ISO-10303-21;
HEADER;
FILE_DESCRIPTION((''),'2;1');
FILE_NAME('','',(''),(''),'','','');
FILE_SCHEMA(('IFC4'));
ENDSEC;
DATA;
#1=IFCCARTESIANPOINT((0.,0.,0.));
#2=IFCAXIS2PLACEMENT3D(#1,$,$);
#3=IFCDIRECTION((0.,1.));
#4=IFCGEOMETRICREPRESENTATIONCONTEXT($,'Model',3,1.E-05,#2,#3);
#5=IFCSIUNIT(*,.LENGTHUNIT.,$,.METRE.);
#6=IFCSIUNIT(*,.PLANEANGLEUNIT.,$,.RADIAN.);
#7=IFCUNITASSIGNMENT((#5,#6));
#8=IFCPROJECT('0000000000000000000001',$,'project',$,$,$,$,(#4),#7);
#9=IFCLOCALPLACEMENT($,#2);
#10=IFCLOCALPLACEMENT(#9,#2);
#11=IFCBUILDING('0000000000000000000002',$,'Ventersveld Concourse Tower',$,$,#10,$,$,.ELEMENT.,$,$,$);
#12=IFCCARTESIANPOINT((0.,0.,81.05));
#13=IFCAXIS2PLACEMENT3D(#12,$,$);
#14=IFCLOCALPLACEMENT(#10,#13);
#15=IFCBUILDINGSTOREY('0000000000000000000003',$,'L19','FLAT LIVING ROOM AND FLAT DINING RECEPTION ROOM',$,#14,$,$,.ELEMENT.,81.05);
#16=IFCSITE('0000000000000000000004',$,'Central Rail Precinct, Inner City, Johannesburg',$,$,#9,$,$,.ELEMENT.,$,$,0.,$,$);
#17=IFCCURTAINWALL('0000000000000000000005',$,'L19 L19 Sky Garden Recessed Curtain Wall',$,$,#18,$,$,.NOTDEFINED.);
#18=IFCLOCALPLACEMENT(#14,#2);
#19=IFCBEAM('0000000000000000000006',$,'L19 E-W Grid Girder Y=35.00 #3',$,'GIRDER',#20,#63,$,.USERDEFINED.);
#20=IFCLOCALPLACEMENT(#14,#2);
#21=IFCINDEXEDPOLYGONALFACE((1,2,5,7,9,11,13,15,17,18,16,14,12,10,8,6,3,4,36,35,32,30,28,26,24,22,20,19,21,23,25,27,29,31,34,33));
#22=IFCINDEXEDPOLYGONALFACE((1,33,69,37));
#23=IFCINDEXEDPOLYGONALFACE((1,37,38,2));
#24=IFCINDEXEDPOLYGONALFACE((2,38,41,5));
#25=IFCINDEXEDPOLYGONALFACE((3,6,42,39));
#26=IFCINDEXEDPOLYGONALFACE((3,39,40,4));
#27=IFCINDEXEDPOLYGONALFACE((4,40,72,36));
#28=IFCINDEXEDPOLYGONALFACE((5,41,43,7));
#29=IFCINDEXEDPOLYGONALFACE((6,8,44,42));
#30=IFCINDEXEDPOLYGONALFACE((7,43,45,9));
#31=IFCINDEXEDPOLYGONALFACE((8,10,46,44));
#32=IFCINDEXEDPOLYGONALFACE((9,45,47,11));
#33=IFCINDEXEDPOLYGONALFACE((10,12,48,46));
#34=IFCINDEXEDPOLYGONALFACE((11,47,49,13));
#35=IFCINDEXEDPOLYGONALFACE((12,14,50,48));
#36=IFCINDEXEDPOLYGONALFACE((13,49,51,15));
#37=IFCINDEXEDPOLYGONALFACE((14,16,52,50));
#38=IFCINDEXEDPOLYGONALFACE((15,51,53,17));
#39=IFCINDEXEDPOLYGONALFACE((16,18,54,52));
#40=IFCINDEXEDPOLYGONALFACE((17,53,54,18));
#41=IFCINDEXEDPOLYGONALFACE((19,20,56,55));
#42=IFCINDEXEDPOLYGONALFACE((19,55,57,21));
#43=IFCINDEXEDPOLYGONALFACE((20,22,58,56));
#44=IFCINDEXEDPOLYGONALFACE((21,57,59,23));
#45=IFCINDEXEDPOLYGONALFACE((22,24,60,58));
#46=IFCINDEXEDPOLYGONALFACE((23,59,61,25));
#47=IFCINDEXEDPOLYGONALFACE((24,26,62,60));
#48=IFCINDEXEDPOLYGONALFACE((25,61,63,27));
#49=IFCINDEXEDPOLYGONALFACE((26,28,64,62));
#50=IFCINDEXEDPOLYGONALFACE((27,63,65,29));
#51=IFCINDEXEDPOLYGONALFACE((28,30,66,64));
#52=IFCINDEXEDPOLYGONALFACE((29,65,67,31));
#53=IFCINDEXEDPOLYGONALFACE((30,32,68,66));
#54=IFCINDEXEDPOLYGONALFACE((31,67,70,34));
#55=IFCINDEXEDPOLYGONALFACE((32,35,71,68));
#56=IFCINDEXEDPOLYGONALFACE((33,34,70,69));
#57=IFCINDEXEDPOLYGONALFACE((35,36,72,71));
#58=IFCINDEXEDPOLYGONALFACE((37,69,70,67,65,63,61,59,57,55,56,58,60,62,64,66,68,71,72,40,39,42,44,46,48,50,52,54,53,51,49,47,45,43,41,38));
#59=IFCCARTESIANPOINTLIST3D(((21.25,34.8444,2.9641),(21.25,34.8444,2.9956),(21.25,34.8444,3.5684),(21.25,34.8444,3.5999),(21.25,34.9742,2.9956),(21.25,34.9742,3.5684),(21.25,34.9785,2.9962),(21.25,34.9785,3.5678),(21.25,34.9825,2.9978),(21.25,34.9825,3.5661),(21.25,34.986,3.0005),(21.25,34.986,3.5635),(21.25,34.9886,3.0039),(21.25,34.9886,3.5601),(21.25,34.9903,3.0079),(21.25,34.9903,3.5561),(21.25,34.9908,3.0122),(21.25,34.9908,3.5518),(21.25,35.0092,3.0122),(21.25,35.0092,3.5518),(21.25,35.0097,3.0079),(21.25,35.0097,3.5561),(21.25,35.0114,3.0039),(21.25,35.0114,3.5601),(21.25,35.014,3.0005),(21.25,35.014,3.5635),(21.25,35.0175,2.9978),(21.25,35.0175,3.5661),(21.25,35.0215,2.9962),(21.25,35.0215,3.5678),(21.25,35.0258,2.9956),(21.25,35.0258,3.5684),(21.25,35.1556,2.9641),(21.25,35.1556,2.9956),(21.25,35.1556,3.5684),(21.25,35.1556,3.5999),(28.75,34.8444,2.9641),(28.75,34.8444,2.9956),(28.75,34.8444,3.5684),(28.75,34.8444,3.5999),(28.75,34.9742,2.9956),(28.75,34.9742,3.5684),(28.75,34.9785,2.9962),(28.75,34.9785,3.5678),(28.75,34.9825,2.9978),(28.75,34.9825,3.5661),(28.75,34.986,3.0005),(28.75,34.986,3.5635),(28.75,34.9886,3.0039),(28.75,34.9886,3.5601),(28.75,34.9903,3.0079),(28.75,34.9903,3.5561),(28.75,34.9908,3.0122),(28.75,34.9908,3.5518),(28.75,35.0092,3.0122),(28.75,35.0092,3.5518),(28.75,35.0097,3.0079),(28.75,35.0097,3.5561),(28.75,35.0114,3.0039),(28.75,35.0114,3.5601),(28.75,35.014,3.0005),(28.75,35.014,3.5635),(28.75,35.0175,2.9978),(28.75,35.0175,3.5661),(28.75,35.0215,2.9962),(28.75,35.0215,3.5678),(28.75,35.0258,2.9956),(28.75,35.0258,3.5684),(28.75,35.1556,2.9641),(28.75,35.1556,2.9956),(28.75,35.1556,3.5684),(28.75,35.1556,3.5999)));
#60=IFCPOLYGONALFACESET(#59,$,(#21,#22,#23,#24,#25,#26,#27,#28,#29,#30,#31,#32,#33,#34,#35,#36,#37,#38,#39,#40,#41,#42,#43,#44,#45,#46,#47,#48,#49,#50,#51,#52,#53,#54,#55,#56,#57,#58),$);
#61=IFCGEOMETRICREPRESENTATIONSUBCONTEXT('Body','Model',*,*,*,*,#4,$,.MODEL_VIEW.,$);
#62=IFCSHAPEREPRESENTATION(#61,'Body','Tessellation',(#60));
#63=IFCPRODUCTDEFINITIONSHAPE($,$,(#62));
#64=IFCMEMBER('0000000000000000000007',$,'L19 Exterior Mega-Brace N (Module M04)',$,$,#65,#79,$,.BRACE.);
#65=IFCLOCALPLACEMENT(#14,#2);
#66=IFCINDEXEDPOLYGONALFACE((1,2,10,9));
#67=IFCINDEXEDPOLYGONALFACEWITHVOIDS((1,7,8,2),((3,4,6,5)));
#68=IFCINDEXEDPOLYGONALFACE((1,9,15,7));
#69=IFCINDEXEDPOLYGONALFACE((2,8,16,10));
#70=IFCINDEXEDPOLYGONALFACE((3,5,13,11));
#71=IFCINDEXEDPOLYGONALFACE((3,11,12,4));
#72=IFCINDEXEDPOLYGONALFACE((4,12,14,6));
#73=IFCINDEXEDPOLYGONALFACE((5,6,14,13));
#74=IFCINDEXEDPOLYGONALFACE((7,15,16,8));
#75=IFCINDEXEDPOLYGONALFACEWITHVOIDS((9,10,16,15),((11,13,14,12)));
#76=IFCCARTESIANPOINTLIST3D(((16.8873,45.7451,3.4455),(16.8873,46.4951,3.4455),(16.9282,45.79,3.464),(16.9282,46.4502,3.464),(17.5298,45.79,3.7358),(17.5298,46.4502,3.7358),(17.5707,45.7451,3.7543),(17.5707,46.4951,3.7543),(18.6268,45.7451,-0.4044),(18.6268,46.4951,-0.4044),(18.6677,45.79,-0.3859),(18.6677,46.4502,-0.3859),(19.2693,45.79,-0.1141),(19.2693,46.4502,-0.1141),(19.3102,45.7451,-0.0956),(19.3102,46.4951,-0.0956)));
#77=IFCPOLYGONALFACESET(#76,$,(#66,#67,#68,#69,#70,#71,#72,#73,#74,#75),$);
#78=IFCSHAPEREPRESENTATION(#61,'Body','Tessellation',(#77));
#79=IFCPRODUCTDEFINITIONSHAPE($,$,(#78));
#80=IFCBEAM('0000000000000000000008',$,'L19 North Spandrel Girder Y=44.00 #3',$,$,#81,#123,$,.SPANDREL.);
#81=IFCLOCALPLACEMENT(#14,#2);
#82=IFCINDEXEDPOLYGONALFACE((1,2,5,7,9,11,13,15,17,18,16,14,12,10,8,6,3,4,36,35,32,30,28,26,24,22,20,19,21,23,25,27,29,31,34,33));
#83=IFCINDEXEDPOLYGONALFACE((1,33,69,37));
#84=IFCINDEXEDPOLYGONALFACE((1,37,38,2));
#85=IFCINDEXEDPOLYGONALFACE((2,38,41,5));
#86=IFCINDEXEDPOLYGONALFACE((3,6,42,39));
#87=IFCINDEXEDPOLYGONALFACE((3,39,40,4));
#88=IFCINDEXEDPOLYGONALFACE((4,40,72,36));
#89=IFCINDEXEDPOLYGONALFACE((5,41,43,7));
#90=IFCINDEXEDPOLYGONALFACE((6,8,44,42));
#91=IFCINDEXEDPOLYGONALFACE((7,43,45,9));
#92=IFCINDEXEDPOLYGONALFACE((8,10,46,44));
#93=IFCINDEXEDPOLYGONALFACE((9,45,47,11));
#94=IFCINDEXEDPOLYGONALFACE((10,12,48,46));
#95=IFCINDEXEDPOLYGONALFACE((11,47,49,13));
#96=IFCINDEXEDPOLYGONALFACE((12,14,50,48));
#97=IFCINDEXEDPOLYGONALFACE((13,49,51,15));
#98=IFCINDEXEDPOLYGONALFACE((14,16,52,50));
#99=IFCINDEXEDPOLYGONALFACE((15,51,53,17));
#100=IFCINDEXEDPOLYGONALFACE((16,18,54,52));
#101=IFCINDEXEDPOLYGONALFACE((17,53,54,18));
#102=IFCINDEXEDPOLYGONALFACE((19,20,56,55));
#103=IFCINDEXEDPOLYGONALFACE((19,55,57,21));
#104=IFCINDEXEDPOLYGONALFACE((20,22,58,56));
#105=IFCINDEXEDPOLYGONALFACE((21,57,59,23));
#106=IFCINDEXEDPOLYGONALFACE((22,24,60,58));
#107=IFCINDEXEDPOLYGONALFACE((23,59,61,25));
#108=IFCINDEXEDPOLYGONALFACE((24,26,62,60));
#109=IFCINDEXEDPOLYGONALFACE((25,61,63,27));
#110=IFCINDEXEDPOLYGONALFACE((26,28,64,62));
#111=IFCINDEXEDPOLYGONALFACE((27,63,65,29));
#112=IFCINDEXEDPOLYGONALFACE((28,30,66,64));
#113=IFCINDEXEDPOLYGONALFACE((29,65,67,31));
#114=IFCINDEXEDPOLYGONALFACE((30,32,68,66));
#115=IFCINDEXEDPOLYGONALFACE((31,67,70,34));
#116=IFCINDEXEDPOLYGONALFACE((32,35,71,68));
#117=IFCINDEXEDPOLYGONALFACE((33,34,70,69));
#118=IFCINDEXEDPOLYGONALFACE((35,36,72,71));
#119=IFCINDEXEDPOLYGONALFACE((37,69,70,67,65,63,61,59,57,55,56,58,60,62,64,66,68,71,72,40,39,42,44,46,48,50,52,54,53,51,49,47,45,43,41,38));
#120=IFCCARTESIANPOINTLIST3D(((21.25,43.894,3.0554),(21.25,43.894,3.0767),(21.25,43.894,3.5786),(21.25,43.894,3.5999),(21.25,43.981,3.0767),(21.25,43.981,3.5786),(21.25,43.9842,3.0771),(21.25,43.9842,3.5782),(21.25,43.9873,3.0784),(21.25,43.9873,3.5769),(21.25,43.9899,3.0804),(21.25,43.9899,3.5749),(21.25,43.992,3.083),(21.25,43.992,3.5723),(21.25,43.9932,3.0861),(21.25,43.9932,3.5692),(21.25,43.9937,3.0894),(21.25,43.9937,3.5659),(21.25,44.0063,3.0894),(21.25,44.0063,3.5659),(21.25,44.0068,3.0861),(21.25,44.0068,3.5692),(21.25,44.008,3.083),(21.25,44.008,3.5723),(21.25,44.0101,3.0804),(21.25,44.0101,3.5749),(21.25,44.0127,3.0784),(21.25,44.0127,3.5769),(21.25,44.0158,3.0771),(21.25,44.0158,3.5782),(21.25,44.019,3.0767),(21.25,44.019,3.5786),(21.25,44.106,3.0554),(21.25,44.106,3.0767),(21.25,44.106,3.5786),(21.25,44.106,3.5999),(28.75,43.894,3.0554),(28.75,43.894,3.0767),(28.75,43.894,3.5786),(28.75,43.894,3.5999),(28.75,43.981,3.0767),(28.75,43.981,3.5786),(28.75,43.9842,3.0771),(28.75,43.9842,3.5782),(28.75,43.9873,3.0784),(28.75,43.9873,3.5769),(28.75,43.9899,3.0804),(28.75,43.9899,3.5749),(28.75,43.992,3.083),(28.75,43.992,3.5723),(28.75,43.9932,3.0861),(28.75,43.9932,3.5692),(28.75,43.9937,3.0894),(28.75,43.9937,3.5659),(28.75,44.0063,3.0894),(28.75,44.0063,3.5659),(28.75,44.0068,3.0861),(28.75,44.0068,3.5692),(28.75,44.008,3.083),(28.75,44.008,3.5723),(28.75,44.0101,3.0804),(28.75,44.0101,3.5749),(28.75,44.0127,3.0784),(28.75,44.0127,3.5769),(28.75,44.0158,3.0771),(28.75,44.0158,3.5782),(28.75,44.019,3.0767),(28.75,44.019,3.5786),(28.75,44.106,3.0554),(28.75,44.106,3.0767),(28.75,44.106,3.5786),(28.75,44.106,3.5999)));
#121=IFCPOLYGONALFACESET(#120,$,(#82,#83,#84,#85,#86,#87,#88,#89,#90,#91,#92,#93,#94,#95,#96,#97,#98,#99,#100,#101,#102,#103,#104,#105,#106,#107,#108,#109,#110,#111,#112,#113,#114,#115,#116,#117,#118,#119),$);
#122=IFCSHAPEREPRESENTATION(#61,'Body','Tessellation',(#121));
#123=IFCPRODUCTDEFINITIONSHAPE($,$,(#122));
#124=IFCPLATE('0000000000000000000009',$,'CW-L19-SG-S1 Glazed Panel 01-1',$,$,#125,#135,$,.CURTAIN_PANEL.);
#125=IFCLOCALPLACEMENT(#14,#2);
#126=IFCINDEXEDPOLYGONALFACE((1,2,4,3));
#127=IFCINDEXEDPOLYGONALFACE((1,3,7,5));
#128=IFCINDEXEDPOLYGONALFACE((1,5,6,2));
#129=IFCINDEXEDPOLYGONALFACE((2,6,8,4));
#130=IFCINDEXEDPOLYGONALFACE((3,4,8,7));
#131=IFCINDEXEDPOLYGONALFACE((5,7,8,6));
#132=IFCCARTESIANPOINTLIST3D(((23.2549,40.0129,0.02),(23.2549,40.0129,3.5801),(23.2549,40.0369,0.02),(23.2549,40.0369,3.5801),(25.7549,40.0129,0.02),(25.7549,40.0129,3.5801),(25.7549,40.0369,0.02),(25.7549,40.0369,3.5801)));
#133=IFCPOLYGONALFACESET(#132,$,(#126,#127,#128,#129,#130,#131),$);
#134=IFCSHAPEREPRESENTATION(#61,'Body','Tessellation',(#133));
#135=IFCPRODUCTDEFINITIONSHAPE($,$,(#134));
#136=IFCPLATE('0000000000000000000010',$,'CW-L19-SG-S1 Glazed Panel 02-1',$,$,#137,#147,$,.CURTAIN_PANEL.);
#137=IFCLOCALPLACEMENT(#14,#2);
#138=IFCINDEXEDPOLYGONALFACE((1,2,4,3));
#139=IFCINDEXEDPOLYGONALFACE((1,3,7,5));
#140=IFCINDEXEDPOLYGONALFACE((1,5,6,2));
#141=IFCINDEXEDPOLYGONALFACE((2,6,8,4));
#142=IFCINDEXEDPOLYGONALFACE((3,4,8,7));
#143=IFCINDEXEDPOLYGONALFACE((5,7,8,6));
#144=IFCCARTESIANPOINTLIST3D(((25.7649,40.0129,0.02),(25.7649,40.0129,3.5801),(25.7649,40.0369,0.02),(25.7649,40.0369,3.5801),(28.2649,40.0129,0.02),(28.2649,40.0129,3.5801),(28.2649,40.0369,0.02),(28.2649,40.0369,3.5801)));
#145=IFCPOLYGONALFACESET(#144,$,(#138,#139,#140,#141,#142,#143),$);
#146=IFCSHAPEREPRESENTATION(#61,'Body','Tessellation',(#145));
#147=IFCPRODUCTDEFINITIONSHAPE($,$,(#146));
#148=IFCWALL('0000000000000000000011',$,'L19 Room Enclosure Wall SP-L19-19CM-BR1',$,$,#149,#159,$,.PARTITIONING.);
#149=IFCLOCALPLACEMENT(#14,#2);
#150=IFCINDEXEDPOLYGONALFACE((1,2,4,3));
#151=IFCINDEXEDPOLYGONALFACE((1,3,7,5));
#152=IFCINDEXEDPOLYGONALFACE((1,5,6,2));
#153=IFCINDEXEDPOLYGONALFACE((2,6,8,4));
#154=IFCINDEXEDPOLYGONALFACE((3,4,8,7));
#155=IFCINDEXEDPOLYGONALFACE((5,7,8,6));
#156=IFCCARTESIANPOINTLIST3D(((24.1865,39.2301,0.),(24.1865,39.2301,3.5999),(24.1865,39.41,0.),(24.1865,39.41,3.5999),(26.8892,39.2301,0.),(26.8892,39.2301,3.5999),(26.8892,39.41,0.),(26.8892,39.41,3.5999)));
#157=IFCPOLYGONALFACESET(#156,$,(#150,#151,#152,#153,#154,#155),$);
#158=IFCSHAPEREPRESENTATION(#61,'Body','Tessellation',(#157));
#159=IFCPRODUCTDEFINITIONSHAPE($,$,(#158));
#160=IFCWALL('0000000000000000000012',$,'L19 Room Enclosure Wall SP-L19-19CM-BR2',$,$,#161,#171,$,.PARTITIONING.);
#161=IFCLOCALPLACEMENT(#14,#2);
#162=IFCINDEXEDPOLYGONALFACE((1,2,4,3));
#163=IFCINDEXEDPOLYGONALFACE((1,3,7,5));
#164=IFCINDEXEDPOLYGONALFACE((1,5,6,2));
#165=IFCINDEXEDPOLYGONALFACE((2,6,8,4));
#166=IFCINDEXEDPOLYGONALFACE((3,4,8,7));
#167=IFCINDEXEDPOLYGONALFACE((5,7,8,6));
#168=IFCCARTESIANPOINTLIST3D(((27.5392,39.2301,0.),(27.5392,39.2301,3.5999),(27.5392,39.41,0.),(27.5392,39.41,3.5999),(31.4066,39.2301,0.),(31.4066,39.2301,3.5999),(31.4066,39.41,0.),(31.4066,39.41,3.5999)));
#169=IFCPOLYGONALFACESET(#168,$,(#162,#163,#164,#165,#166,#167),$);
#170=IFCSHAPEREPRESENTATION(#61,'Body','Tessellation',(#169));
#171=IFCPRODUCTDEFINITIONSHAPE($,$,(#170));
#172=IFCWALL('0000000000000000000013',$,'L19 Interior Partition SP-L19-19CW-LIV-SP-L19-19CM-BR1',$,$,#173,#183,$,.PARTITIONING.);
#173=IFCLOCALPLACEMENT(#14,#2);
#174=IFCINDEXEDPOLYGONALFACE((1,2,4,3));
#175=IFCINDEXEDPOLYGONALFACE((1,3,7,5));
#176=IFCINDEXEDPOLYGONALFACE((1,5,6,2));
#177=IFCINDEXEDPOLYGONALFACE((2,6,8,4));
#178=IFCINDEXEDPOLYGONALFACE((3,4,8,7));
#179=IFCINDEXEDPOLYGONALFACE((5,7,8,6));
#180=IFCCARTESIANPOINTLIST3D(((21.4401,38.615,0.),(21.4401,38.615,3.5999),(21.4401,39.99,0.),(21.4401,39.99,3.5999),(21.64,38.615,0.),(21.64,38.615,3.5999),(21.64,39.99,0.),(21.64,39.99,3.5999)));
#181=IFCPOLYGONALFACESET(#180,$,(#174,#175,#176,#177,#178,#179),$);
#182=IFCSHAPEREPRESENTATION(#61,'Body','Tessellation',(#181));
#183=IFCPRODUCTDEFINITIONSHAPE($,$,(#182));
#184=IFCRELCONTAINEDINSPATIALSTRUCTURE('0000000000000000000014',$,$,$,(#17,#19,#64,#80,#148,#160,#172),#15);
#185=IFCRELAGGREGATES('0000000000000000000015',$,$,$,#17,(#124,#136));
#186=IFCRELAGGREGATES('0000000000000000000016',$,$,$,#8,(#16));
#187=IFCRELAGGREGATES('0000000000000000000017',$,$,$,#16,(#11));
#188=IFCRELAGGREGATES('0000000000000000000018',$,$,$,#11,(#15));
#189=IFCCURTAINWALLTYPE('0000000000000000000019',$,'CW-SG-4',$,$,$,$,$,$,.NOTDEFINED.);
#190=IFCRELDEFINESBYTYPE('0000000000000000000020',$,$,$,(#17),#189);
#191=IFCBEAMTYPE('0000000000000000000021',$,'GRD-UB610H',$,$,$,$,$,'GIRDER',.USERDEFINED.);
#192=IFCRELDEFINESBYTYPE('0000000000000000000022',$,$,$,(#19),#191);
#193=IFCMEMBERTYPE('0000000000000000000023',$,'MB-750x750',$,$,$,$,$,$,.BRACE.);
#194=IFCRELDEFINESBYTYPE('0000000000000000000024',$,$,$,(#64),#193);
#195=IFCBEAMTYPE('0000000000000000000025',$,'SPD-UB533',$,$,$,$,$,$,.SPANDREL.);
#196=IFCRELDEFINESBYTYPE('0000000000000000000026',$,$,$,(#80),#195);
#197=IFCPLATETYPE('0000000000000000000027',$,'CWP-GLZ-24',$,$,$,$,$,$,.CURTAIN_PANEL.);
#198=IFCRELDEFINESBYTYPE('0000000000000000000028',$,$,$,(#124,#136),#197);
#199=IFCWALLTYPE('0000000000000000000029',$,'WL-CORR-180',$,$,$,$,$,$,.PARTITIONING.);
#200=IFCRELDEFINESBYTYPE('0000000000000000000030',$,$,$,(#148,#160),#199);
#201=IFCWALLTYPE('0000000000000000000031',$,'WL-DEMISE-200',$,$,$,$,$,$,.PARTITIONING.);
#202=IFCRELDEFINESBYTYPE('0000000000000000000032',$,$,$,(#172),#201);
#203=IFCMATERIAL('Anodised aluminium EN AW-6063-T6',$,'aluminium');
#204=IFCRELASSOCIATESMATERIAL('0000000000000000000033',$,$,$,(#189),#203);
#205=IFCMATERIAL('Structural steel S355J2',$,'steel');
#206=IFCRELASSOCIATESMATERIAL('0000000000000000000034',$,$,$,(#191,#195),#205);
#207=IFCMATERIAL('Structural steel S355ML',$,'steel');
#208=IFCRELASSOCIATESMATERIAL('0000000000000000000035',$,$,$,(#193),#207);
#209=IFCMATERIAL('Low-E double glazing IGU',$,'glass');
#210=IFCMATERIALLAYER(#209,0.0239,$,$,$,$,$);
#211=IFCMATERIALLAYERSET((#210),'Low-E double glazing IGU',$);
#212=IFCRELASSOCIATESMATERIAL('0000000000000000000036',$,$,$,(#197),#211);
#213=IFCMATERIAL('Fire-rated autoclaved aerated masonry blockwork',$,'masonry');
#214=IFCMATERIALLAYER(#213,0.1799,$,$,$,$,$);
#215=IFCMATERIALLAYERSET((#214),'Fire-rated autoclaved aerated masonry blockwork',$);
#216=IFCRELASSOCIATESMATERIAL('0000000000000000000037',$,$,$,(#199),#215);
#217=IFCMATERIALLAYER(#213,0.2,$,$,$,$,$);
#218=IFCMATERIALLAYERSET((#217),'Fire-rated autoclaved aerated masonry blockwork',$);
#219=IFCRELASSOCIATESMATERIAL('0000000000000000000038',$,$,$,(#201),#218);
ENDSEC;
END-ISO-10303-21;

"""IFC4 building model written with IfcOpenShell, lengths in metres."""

from ifc_helpers import new_model, si_unit, direction, frame, frame_2d, origin, origin_2d, place, context, subcontext, project, spatial, rectangle, hollow_rectangle, i_section, extrude, material, layer, layer_set, material_profile, profile_set, type_object, element, aggregate, save


model = new_model("IFC4")

# Units and contexts
model_context = context("Model", 3, precision=1e-05, world=origin(), true_north=direction((0.0, 1.0)))
body_context = subcontext(model_context, "Body", "Model", "MODEL_VIEW")
ifc_project = project(units=[si_unit("LENGTHUNIT", "METRE"), si_unit("PLANEANGLEUNIT", "RADIAN")], contexts=[model_context])

# Site, building, storey
site_placement = place(None, origin())
site = spatial("IfcSite", under=ifc_project, at=site_placement, Name="Central Rail Precinct, Inner City, Johannesburg", CompositionType="ELEMENT", RefElevation=0.0)
building_placement = place(site_placement, origin())
building = spatial("IfcBuilding", under=site, at=building_placement, Name="Ventersveld Concourse Tower", CompositionType="ELEMENT")
storey_placement = place(building_placement, frame((0.0, 0.0, 81.05)))
storey = spatial("IfcBuildingStorey", under=building, at=storey_placement, Name="L19", Description="FLAT LIVING ROOM AND FLAT DINING RECEPTION ROOM", CompositionType="ELEMENT", Elevation=81.05)

# Shared definitions
ifc_material_1 = material(Name="Structural steel S355J2", Category="steel")

# Curtain wall
ifc_material_2 = material(Name="Anodised aluminium EN AW-6063-T6", Category="aluminium")
curtain_wall_type = type_object("IfcCurtainWallType", Name="CW-SG-4", PredefinedType="NOTDEFINED", material=ifc_material_2)
curtain_wall_placement = place(storey_placement, origin())
curtain_wall = element("IfcCurtainWall", 1, at=curtain_wall_placement, inside=storey, type_object=curtain_wall_type, Name="L19 L19 Sky Garden Recessed Curtain Wall", PredefinedType="NOTDEFINED")

# Beam
ifc_material_profile_1 = material_profile(ifc_material_1, i_section(OverallWidth=0.3113, OverallDepth=0.6357, WebThickness=0.0183, FlangeThickness=0.0315, FilletRadius=0.0166, at=origin_2d()), Name="UB 610x305x238")
ifc_profile_set_1 = profile_set([ifc_material_profile_1], Name="Structural steel S355J2")
beam_type_1 = type_object("IfcBeamType", Name="GRD-UB610H", ElementType="GIRDER", PredefinedType="USERDEFINED", material=ifc_profile_set_1)
beam_1_placement = place(storey_placement, frame((21.25, 35.0, 3.282), z_axis=(1.0, 0.0, 0.0), x_axis=(0.0, 1.0, 0.0)))
element("IfcBeam", 2, at=beam_1_placement, inside=storey, type_object=beam_type_1, Name="L19 E-W Grid Girder Y=35.00 #3", ObjectType="GIRDER", PredefinedType="USERDEFINED", context=body_context, shape_type="SweptSolid", body=[
    extrude(i_section(OverallWidth=0.3113, OverallDepth=0.6357, WebThickness=0.0183, FlangeThickness=0.0315, FilletRadius=0.0166, at=origin_2d()), origin(), (0.0, 0.0, 1.0), 7.5),
])

# Member
ifc_material_3 = material(Name="Structural steel S355ML", Category="steel")
ifc_material_profile_2 = material_profile(ifc_material_3, hollow_rectangle(XDim=0.75, YDim=0.75, WallThickness=0.0449, at=origin_2d()), Name="BOX 750x750x45")
ifc_profile_set_2 = profile_set([ifc_material_profile_2], Name="Structural steel S355ML")
member_type_1 = type_object("IfcMemberType", Name="MB-750x750", PredefinedType="BRACE", material=ifc_profile_set_2)
member_1_placement = place(storey_placement, frame((18.9685, 46.1201, -0.25), z_axis=(-0.411755, 0.0, 0.911294), x_axis=(0.0, -1.0, 0.0)))
element("IfcMember", 3, at=member_1_placement, inside=storey, type_object=member_type_1, Name="L19 Exterior Mega-Brace N (Module M04)", PredefinedType="BRACE", context=body_context, shape_type="SweptSolid", body=[
    extrude(hollow_rectangle(XDim=0.75, YDim=0.75, WallThickness=0.0449, at=origin_2d()), origin(), (0.0, 0.0, 1.0), 4.2246),
])

# Beam
ifc_material_profile_3 = material_profile(ifc_material_1, i_section(OverallWidth=0.2119, OverallDepth=0.5444, WebThickness=0.0127, FlangeThickness=0.0212, FilletRadius=0.0127, at=origin_2d()), Name="UB 533x210x122")
ifc_profile_set_3 = profile_set([ifc_material_profile_3], Name="Structural steel S355J2")
beam_type_2 = type_object("IfcBeamType", Name="SPD-UB533", PredefinedType="SPANDREL", material=ifc_profile_set_3)
beam_2_placement = place(storey_placement, frame((21.25, 44.0, 3.3276), z_axis=(1.0, 0.0, 0.0), x_axis=(0.0, 1.0, 0.0)))
element("IfcBeam", 4, at=beam_2_placement, inside=storey, type_object=beam_type_2, Name="L19 North Spandrel Girder Y=44.00 #3", PredefinedType="SPANDREL", context=body_context, shape_type="SweptSolid", body=[
    extrude(i_section(OverallWidth=0.2119, OverallDepth=0.5444, WebThickness=0.0127, FlangeThickness=0.0212, FilletRadius=0.0127, at=origin_2d()), origin(), (0.0, 0.0, 1.0), 7.5),
])

# Plates
ifc_material_4 = material(Name="Low-E double glazing IGU", Category="glass")
ifc_layer_1 = layer(ifc_material_4, 0.0239)
ifc_layer_set_1 = layer_set([ifc_layer_1], Name="Low-E double glazing IGU")
plate_type = type_object("IfcPlateType", Name="CWP-GLZ-24", PredefinedType="CURTAIN_PANEL", material=ifc_layer_set_1)
plate_1_placement = place(storey_placement, frame((24.5049, 40.0249, 0.02), z_axis=(0.0, 0.0, 1.0), x_axis=(1.0, 0.0, 0.0)))
plate_1 = element("IfcPlate", 5, at=plate_1_placement, type_object=plate_type, Name="CW-L19-SG-S1 Glazed Panel 01-1", PredefinedType="CURTAIN_PANEL", context=body_context, shape_type="SweptSolid", body=[
    extrude(rectangle(XDim=2.5, YDim=0.0239, at=origin_2d()), origin(), (0.0, 0.0, 1.0), 3.5601),
])
plate_2_placement = place(storey_placement, frame((27.0149, 40.0249, 0.02), z_axis=(0.0, 0.0, 1.0), x_axis=(1.0, 0.0, 0.0)))
plate_2 = element("IfcPlate", 6, at=plate_2_placement, type_object=plate_type, Name="CW-L19-SG-S1 Glazed Panel 02-1", PredefinedType="CURTAIN_PANEL", context=body_context, shape_type="SweptSolid", body=[
    extrude(rectangle(XDim=2.5, YDim=0.0239, at=origin_2d()), origin(), (0.0, 0.0, 1.0), 3.5601),
])
aggregate(curtain_wall, [plate_1, plate_2])

# Walls
ifc_material_5 = material(Name="Fire-rated autoclaved aerated masonry blockwork", Category="masonry")
ifc_layer_2 = layer(ifc_material_5, 0.1799)
ifc_layer_set_2 = layer_set([ifc_layer_2], Name="Fire-rated autoclaved aerated masonry blockwork")
wall_type_1 = type_object("IfcWallType", Name="WL-CORR-180", PredefinedType="PARTITIONING", material=ifc_layer_set_2)
wall_1_placement = place(storey_placement, frame((24.1865, 39.3201, 0.0), z_axis=(0.0, 0.0, 1.0), x_axis=(1.0, 0.0, 0.0)))
element("IfcWall", 7, at=wall_1_placement, inside=storey, type_object=wall_type_1, Name="L19 Room Enclosure Wall SP-L19-19CM-BR1", PredefinedType="PARTITIONING", context=body_context, shape_type="SweptSolid", body=[
    extrude(rectangle(XDim=2.7026, YDim=0.1799, at=frame_2d((1.3513, 0.0))), origin(), (0.0, 0.0, 1.0), 3.5999),
])
wall_2_placement = place(storey_placement, frame((27.5393, 39.3201, 0.0), z_axis=(0.0, 0.0, 1.0), x_axis=(1.0, 0.0, 0.0)))
element("IfcWall", 8, at=wall_2_placement, inside=storey, type_object=wall_type_1, Name="L19 Room Enclosure Wall SP-L19-19CM-BR2", PredefinedType="PARTITIONING", context=body_context, shape_type="SweptSolid", body=[
    extrude(rectangle(XDim=3.8674, YDim=0.1799, at=frame_2d((1.9336, 0.0))), origin(), (0.0, 0.0, 1.0), 3.5999),
])
ifc_layer_3 = layer(ifc_material_5, 0.2)
ifc_layer_set_3 = layer_set([ifc_layer_3], Name="Fire-rated autoclaved aerated masonry blockwork")
wall_type_2 = type_object("IfcWallType", Name="WL-DEMISE-200", PredefinedType="PARTITIONING", material=ifc_layer_set_3)
wall_3_placement = place(storey_placement, frame((21.54, 38.615, 0.0), z_axis=(0.0, 0.0, 1.0), x_axis=(0.0, 1.0, 0.0)))
element("IfcWall", 9, at=wall_3_placement, inside=storey, type_object=wall_type_2, Name="L19 Interior Partition SP-L19-19CW-LIV-SP-L19-19CM-BR1", PredefinedType="PARTITIONING", context=body_context, shape_type="SweptSolid", body=[
    extrude(rectangle(XDim=1.375, YDim=0.2, at=frame_2d((0.6875, 0.0))), origin(), (0.0, 0.0, 1.0), 3.5999),
])

save(model, "model.ifc")
